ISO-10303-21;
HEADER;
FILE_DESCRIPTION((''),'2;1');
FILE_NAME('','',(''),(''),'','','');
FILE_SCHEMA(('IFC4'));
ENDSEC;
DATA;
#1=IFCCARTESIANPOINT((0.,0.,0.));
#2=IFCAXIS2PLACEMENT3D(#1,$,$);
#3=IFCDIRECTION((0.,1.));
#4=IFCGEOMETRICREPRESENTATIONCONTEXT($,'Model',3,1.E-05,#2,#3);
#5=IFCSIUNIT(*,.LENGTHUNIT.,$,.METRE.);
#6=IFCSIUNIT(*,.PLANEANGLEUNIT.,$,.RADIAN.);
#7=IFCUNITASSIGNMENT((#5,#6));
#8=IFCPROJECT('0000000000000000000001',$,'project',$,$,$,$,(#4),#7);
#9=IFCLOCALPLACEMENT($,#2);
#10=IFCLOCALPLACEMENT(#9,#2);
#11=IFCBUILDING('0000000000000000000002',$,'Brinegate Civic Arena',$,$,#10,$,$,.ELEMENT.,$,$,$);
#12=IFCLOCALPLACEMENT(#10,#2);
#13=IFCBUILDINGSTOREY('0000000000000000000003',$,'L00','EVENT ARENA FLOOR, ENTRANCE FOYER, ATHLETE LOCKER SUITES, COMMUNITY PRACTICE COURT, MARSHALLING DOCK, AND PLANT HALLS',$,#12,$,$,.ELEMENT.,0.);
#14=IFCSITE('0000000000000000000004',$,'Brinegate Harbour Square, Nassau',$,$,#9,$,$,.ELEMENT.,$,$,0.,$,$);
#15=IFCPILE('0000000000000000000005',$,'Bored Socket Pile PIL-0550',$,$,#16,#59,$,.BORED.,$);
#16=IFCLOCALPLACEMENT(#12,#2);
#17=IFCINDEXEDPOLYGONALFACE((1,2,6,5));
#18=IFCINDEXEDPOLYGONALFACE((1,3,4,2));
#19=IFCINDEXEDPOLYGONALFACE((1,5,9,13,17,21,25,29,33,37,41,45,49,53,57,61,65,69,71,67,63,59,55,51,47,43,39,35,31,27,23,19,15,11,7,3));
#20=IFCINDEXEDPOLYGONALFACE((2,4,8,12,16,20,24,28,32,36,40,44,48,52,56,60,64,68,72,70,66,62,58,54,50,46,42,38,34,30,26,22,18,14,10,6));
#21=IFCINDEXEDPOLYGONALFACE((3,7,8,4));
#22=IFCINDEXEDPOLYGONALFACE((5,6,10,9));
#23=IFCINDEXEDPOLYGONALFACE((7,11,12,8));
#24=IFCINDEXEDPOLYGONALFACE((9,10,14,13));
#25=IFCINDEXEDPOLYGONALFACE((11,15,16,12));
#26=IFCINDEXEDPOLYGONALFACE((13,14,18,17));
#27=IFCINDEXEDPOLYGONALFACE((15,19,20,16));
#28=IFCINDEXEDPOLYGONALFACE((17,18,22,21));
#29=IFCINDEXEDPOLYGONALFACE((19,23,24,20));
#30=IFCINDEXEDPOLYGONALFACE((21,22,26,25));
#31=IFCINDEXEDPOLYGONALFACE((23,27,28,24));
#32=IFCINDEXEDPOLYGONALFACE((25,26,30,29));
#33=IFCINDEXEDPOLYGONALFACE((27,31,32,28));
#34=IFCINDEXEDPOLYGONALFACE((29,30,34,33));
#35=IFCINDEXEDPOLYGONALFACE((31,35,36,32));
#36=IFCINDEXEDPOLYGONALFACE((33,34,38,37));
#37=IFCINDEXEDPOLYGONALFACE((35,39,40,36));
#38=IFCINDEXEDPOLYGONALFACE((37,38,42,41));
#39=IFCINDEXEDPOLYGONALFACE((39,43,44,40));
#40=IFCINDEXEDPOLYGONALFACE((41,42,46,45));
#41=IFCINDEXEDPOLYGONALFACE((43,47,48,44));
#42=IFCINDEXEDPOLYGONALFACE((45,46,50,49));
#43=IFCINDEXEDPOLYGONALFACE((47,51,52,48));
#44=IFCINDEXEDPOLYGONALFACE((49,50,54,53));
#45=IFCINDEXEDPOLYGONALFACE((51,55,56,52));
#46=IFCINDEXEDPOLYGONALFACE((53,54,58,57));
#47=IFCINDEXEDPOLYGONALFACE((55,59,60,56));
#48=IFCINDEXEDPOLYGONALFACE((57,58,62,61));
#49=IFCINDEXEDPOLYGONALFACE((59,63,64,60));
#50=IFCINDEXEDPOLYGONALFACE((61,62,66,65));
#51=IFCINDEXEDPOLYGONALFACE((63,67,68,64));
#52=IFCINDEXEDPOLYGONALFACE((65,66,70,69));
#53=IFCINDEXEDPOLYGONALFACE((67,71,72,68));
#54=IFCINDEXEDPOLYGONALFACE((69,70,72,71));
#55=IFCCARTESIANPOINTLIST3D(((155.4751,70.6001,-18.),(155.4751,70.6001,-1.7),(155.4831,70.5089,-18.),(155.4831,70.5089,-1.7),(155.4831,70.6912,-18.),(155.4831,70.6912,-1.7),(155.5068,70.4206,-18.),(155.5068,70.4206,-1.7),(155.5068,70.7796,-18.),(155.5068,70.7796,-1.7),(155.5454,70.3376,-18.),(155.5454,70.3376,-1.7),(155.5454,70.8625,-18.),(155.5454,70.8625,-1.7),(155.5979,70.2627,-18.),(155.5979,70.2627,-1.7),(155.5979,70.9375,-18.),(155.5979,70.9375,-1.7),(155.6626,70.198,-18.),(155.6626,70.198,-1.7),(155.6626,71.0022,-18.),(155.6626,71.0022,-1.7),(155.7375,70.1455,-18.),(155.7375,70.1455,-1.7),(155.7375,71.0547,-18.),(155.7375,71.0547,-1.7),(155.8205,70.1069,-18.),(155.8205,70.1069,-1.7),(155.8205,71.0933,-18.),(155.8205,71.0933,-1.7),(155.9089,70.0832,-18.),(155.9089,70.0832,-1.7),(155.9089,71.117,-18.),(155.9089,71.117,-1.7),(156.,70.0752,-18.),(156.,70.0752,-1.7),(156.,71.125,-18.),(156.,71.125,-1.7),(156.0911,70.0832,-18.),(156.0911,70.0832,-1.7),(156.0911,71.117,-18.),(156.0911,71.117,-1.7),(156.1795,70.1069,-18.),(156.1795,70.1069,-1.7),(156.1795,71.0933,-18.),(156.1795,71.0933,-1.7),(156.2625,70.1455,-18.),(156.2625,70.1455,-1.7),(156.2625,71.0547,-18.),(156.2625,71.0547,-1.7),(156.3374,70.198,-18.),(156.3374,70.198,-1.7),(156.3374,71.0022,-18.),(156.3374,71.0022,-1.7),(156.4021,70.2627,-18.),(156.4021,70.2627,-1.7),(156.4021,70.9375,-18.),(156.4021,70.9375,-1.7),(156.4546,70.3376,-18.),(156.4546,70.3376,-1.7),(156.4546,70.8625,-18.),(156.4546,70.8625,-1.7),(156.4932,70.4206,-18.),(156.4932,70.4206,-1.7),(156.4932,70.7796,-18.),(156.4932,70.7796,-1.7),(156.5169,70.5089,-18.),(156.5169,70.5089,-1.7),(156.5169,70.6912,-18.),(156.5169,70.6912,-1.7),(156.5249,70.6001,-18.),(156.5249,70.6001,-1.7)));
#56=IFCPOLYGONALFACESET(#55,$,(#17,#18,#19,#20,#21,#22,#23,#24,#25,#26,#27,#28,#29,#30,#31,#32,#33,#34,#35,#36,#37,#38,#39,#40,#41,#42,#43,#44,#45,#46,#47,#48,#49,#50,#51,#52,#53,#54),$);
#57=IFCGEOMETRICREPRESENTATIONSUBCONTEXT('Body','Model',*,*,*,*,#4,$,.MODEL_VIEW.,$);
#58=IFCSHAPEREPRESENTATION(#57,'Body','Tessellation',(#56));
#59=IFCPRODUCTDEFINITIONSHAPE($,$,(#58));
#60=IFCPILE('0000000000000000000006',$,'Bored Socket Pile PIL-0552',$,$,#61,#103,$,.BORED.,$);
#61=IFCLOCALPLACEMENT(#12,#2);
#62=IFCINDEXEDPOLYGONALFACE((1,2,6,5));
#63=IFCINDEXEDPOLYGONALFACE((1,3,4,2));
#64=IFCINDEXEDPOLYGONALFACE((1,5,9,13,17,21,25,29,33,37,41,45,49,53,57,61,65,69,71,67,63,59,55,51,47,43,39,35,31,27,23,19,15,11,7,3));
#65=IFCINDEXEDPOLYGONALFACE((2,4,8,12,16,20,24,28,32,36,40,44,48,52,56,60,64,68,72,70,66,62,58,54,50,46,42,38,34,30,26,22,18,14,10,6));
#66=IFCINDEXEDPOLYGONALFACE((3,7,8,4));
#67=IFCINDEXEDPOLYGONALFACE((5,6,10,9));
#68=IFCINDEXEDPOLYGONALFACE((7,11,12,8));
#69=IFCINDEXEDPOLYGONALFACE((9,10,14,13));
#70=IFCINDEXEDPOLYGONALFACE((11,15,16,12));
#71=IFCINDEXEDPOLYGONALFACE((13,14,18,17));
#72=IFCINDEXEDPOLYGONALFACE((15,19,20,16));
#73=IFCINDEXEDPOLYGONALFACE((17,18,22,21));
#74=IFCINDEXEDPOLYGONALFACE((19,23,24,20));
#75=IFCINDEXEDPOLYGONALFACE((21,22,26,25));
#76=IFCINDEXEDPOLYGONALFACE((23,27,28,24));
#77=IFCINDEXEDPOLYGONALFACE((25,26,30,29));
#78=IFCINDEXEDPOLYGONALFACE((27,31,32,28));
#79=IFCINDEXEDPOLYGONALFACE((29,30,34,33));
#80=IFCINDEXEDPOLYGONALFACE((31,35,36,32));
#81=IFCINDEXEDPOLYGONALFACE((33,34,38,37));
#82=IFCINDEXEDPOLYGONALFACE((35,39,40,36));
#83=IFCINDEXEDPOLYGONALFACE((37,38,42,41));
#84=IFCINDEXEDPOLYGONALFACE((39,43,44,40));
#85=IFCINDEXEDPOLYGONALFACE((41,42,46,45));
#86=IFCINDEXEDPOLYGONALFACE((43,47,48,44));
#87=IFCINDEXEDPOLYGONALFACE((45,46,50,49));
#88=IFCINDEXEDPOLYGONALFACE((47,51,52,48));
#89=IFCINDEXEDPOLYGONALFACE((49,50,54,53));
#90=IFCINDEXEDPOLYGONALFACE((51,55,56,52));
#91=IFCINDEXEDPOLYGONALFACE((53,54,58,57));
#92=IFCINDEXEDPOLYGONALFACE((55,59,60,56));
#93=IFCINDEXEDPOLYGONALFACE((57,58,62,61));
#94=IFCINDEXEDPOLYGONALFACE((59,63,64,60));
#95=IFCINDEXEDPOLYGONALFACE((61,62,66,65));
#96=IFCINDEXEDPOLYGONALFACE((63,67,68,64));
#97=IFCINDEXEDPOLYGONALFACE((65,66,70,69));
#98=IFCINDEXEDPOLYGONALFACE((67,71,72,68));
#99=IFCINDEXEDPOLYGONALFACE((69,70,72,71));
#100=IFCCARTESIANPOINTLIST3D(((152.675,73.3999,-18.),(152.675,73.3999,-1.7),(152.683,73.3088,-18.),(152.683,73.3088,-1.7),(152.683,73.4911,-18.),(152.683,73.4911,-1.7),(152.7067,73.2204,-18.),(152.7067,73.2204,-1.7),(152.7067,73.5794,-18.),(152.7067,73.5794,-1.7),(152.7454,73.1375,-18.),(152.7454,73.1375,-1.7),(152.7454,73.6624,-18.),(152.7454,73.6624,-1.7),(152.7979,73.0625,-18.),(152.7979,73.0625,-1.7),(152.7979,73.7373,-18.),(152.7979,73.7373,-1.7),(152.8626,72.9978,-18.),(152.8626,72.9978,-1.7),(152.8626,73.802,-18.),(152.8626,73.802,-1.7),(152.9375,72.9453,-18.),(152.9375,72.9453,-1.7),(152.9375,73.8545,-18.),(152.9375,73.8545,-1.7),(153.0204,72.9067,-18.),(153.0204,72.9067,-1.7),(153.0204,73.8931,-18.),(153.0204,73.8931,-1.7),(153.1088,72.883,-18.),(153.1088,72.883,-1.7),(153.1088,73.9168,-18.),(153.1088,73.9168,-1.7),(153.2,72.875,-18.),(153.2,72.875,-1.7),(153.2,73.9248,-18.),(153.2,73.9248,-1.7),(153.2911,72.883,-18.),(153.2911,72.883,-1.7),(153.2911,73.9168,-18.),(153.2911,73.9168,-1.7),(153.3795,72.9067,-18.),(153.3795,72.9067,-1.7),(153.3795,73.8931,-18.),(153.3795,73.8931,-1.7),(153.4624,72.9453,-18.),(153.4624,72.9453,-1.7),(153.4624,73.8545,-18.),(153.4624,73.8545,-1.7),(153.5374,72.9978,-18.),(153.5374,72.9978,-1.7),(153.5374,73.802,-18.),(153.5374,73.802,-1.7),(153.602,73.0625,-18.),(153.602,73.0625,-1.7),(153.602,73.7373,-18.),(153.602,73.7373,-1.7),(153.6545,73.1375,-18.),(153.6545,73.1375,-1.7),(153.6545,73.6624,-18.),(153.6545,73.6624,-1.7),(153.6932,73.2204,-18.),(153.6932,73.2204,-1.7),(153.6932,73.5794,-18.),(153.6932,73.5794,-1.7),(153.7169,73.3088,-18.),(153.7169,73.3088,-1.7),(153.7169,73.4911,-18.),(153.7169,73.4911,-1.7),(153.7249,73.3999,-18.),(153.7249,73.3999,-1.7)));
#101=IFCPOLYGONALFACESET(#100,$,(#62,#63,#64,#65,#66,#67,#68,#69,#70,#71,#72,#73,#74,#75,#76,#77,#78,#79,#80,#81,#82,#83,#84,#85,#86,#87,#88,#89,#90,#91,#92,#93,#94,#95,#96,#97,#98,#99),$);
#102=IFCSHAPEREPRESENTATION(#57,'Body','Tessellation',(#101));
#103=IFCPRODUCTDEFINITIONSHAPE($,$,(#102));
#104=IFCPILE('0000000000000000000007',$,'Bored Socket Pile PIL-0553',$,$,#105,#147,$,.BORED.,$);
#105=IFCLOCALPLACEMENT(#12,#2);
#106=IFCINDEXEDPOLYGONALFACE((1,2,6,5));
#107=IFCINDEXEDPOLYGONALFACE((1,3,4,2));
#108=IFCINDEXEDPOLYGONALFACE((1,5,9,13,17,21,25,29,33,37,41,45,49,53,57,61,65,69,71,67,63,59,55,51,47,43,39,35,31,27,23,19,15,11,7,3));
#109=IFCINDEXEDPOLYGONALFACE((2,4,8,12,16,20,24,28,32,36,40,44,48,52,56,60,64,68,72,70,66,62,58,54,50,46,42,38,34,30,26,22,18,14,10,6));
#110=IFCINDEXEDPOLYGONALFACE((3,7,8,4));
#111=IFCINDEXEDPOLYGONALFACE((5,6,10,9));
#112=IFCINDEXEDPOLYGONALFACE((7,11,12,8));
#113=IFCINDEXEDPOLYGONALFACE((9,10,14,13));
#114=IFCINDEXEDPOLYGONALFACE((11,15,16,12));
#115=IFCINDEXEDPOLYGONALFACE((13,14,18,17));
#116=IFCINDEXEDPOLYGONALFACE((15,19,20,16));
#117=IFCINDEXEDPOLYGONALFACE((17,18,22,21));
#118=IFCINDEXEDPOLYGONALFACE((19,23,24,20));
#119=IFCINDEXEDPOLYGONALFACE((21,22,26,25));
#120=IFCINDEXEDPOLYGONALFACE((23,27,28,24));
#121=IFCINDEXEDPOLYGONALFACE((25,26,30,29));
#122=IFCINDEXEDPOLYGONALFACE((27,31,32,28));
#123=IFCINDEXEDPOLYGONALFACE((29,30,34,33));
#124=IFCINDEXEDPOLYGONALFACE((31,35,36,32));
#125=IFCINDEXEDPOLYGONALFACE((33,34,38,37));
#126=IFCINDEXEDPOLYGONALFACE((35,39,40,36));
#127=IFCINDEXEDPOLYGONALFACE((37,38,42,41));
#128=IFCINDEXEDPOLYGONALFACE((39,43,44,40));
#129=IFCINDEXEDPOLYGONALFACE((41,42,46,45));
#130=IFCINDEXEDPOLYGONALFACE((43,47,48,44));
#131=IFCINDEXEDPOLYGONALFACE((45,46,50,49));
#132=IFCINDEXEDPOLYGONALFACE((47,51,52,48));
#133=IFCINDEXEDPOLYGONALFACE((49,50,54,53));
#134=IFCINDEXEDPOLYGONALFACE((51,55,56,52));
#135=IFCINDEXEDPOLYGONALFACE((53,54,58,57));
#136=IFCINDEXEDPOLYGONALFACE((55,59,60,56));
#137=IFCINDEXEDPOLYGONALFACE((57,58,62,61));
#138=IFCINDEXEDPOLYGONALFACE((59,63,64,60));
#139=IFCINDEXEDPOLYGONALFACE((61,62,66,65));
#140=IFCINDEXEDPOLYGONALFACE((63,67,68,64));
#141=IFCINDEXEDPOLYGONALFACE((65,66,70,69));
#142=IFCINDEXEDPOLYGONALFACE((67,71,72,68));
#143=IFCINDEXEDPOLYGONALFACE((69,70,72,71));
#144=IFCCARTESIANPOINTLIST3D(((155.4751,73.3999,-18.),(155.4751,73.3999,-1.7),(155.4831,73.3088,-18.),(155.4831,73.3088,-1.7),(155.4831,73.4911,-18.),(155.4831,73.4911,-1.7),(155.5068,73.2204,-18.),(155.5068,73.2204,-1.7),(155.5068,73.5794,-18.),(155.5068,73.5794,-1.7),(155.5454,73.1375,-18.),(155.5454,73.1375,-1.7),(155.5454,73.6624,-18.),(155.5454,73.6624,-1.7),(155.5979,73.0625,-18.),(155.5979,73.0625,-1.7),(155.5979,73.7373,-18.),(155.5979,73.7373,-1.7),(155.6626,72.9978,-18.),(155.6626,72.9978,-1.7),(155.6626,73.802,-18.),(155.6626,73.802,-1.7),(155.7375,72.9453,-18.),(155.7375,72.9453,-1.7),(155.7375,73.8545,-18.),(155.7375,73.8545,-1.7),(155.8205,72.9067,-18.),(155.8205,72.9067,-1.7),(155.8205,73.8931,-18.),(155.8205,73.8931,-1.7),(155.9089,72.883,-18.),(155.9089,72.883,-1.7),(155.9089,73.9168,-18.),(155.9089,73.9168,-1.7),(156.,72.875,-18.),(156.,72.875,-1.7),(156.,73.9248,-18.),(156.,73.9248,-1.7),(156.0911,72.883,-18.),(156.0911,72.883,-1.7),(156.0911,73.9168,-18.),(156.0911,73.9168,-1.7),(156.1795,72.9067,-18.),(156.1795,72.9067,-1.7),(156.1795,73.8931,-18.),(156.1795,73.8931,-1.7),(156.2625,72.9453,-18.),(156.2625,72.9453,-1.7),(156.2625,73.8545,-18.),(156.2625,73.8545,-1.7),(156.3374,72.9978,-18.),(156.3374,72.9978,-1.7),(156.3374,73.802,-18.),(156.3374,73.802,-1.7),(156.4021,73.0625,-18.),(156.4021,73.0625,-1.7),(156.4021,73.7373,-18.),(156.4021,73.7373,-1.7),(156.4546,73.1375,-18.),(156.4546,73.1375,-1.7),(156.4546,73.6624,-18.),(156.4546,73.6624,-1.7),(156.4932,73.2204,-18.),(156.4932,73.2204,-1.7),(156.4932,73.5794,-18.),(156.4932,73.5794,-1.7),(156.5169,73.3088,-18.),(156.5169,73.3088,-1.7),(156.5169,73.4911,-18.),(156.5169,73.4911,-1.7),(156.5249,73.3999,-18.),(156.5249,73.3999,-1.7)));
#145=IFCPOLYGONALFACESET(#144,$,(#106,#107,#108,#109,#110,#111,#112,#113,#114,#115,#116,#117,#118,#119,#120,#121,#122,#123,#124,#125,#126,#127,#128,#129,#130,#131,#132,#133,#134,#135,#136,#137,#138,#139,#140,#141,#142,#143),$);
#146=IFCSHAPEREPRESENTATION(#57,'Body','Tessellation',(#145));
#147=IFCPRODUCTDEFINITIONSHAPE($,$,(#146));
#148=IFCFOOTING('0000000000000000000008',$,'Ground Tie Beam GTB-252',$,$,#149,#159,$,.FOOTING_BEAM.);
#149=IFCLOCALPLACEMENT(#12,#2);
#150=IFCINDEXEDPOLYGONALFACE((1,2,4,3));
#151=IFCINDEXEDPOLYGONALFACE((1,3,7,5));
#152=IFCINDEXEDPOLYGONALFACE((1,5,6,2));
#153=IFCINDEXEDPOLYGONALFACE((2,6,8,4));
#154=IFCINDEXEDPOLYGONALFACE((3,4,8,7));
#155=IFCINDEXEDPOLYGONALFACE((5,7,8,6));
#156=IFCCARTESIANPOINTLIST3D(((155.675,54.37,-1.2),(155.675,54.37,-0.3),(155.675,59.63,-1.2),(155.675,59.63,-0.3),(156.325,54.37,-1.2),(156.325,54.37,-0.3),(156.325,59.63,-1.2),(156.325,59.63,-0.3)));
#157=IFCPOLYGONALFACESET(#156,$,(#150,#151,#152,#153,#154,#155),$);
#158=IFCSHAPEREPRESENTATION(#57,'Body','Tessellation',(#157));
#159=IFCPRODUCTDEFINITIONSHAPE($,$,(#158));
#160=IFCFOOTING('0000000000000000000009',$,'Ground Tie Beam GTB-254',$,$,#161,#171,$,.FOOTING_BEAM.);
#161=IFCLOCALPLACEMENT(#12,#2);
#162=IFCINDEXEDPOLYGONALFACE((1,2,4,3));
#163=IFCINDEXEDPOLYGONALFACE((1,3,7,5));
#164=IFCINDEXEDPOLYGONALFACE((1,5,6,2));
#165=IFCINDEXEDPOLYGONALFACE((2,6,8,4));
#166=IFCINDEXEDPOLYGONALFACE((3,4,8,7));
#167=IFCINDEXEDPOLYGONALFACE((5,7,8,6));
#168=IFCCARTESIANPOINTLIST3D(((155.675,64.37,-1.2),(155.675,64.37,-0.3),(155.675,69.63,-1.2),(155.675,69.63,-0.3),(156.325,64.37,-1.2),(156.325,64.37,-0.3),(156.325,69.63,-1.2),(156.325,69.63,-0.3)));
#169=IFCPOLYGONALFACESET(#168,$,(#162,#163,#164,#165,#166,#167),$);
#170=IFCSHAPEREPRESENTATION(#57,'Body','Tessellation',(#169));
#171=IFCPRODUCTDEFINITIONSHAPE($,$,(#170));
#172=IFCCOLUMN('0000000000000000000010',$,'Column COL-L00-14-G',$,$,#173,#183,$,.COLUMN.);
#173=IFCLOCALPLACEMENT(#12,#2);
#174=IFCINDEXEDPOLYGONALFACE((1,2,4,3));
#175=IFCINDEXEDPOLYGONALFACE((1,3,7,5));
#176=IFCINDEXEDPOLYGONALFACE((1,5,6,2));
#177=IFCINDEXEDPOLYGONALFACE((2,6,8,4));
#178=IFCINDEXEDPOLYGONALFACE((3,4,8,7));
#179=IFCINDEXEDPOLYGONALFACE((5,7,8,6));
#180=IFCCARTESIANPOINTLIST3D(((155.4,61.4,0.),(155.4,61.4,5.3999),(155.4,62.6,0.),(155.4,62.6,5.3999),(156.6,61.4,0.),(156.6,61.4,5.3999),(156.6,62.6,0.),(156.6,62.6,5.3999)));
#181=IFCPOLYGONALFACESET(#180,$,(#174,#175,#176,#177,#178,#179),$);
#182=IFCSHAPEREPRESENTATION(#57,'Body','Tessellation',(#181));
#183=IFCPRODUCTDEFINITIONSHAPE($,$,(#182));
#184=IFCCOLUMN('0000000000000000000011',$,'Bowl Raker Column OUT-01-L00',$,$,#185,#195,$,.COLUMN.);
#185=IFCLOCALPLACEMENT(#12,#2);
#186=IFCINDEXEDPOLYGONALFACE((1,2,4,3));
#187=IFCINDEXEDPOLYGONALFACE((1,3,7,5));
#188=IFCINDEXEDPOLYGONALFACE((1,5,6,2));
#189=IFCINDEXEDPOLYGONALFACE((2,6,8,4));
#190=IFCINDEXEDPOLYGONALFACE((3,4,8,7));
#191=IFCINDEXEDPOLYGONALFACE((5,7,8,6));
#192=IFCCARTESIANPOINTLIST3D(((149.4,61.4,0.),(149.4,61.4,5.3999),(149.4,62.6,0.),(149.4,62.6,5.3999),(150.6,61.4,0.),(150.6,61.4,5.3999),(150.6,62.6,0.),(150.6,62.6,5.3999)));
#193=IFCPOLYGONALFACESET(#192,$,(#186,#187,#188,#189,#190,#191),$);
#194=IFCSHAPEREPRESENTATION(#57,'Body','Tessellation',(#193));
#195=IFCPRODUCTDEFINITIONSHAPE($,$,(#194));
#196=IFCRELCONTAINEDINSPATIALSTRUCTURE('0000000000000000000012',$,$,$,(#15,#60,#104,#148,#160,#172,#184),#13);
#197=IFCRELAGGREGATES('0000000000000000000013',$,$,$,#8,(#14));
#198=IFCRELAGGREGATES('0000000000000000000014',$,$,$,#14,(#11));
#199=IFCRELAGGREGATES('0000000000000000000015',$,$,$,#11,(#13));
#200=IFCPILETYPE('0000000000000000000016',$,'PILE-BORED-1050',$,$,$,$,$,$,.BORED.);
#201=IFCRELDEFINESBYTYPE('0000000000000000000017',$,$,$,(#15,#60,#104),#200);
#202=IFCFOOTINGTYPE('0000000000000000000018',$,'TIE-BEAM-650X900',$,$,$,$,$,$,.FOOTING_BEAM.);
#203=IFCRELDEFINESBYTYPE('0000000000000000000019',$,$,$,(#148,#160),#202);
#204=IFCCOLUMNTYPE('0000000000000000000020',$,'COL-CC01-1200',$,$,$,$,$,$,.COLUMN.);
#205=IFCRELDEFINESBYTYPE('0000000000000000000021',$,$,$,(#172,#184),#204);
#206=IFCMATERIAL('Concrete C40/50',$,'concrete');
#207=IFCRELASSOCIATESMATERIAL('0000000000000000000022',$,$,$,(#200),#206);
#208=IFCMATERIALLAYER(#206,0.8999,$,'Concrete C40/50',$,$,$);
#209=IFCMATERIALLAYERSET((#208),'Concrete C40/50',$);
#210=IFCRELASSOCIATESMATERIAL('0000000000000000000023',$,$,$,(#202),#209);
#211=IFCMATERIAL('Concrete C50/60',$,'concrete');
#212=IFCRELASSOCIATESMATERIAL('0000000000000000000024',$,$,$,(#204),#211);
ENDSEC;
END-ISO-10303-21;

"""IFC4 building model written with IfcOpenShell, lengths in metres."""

from ifc_helpers import new_model, si_unit, direction, frame, origin, origin_2d, place, context, subcontext, project, spatial, rectangle, circle, extrude, material, layer, layer_set, material_profile, profile_set, type_object, element, save


model = new_model("IFC4")

# Units and contexts
model_context = context("Model", 3, precision=1e-05, world=origin(), true_north=direction((0.0, 1.0)))
body_context = subcontext(model_context, "Body", "Model", "MODEL_VIEW")
ifc_project = project(units=[si_unit("LENGTHUNIT", "METRE"), si_unit("PLANEANGLEUNIT", "RADIAN")], contexts=[model_context])

# Site, building, storey
site_placement = place(None, origin())
site = spatial("IfcSite", under=ifc_project, at=site_placement, Name="Brinegate Harbour Square, Nassau", CompositionType="ELEMENT", RefElevation=0.0)
building_placement = place(site_placement, origin())
building = spatial("IfcBuilding", under=site, at=building_placement, Name="Brinegate Civic Arena", CompositionType="ELEMENT")
storey_placement = place(building_placement, origin())
storey = spatial("IfcBuildingStorey", under=building, at=storey_placement, Name="L00", Description="EVENT ARENA FLOOR, ENTRANCE FOYER, ATHLETE LOCKER SUITES, COMMUNITY PRACTICE COURT, MARSHALLING DOCK, AND PLANT HALLS", CompositionType="ELEMENT", Elevation=0.0)

# Shared definitions
ifc_material_1 = material(Name="Concrete C40/50", Category="concrete")

# Piles
ifc_material_profile_1 = material_profile(ifc_material_1, circle(Radius=0.5249, at=origin_2d()), Name="PILED1050")
ifc_profile_set_1 = profile_set([ifc_material_profile_1], Name="Concrete C40/50")
pile_type = type_object("IfcPileType", Name="PILE-BORED-1050", PredefinedType="BORED", material=ifc_profile_set_1)
for number, where, z_axis, x_axis, name in (
    (1, (156.0, 70.6001, -1.7), (0.0, 0.0, -1.0), (1.0, 0.0, 0.0), "Bored Socket Pile PIL-0550"),
    (2, (153.2, 73.3999, -1.7), (0.0, 0.0, -1.0), (1.0, 0.0, 0.0), "Bored Socket Pile PIL-0552"),
    (3, (156.0, 73.3999, -1.7), (0.0, 0.0, -1.0), (1.0, 0.0, 0.0), "Bored Socket Pile PIL-0553"),
):
    element("IfcPile", number, at=place(storey_placement, frame(where, z_axis=z_axis, x_axis=x_axis)), inside=storey, type_object=pile_type, Name=name, PredefinedType="BORED", context=body_context, shape_type="SweptSolid", body=[
        extrude(circle(Radius=0.5249, at=origin_2d()), origin(), (0.0, 0.0, 1.0), 16.3),
    ])

# Footings
ifc_layer_1 = layer(ifc_material_1, 0.8999, Name="Concrete C40/50")
ifc_layer_set_1 = layer_set([ifc_layer_1], Name="Concrete C40/50")
footing_type_1 = type_object("IfcFootingType", Name="TIE-BEAM-650X900", PredefinedType="FOOTING_BEAM", material=ifc_layer_set_1)
for number, where, z_axis, x_axis, name in (
    (4, (156.0, 57.0, -1.2), (0.0, 0.0, 1.0), (0.0, 1.0, 0.0), "Ground Tie Beam GTB-252"),
    (5, (156.0, 67.0, -1.2), (0.0, 0.0, 1.0), (0.0, 1.0, 0.0), "Ground Tie Beam GTB-254"),
):
    element("IfcFooting", number, at=place(storey_placement, frame(where, z_axis=z_axis, x_axis=x_axis)), inside=storey, type_object=footing_type_1, Name=name, PredefinedType="FOOTING_BEAM", context=body_context, shape_type="SweptSolid", body=[
        extrude(rectangle(XDim=5.26, YDim=0.6499, at=origin_2d()), origin(), (0.0, 0.0, 1.0), 0.8999),
    ])

# Columns
ifc_material_2 = material(Name="Concrete C50/60", Category="concrete")
ifc_material_profile_2 = material_profile(ifc_material_2, rectangle(XDim=1.2, YDim=1.2, at=origin_2d()), Name="RC1200X1200")
ifc_profile_set_2 = profile_set([ifc_material_profile_2], Name="Concrete C50/60")
column_type_1 = type_object("IfcColumnType", Name="COL-CC01-1200", PredefinedType="COLUMN", material=ifc_profile_set_2)
for number, where, z_axis, x_axis, name in (
    (6, (156.0, 62.0, 0.0), (0.0, 0.0, 1.0), (1.0, 0.0, 0.0), "Column COL-L00-14-G"),
    (7, (150.0, 62.0, 0.0), (0.0, 0.0, 1.0), (1.0, 0.0, 0.0), "Bowl Raker Column OUT-01-L00"),
):
    element("IfcColumn", number, at=place(storey_placement, frame(where, z_axis=z_axis, x_axis=x_axis)), inside=storey, type_object=column_type_1, Name=name, PredefinedType="COLUMN", context=body_context, shape_type="SweptSolid", body=[
        extrude(rectangle(XDim=1.2, YDim=1.2, at=origin_2d()), origin(), (0.0, 0.0, 1.0), 5.3999),
    ])

save(model, "model.ifc")
